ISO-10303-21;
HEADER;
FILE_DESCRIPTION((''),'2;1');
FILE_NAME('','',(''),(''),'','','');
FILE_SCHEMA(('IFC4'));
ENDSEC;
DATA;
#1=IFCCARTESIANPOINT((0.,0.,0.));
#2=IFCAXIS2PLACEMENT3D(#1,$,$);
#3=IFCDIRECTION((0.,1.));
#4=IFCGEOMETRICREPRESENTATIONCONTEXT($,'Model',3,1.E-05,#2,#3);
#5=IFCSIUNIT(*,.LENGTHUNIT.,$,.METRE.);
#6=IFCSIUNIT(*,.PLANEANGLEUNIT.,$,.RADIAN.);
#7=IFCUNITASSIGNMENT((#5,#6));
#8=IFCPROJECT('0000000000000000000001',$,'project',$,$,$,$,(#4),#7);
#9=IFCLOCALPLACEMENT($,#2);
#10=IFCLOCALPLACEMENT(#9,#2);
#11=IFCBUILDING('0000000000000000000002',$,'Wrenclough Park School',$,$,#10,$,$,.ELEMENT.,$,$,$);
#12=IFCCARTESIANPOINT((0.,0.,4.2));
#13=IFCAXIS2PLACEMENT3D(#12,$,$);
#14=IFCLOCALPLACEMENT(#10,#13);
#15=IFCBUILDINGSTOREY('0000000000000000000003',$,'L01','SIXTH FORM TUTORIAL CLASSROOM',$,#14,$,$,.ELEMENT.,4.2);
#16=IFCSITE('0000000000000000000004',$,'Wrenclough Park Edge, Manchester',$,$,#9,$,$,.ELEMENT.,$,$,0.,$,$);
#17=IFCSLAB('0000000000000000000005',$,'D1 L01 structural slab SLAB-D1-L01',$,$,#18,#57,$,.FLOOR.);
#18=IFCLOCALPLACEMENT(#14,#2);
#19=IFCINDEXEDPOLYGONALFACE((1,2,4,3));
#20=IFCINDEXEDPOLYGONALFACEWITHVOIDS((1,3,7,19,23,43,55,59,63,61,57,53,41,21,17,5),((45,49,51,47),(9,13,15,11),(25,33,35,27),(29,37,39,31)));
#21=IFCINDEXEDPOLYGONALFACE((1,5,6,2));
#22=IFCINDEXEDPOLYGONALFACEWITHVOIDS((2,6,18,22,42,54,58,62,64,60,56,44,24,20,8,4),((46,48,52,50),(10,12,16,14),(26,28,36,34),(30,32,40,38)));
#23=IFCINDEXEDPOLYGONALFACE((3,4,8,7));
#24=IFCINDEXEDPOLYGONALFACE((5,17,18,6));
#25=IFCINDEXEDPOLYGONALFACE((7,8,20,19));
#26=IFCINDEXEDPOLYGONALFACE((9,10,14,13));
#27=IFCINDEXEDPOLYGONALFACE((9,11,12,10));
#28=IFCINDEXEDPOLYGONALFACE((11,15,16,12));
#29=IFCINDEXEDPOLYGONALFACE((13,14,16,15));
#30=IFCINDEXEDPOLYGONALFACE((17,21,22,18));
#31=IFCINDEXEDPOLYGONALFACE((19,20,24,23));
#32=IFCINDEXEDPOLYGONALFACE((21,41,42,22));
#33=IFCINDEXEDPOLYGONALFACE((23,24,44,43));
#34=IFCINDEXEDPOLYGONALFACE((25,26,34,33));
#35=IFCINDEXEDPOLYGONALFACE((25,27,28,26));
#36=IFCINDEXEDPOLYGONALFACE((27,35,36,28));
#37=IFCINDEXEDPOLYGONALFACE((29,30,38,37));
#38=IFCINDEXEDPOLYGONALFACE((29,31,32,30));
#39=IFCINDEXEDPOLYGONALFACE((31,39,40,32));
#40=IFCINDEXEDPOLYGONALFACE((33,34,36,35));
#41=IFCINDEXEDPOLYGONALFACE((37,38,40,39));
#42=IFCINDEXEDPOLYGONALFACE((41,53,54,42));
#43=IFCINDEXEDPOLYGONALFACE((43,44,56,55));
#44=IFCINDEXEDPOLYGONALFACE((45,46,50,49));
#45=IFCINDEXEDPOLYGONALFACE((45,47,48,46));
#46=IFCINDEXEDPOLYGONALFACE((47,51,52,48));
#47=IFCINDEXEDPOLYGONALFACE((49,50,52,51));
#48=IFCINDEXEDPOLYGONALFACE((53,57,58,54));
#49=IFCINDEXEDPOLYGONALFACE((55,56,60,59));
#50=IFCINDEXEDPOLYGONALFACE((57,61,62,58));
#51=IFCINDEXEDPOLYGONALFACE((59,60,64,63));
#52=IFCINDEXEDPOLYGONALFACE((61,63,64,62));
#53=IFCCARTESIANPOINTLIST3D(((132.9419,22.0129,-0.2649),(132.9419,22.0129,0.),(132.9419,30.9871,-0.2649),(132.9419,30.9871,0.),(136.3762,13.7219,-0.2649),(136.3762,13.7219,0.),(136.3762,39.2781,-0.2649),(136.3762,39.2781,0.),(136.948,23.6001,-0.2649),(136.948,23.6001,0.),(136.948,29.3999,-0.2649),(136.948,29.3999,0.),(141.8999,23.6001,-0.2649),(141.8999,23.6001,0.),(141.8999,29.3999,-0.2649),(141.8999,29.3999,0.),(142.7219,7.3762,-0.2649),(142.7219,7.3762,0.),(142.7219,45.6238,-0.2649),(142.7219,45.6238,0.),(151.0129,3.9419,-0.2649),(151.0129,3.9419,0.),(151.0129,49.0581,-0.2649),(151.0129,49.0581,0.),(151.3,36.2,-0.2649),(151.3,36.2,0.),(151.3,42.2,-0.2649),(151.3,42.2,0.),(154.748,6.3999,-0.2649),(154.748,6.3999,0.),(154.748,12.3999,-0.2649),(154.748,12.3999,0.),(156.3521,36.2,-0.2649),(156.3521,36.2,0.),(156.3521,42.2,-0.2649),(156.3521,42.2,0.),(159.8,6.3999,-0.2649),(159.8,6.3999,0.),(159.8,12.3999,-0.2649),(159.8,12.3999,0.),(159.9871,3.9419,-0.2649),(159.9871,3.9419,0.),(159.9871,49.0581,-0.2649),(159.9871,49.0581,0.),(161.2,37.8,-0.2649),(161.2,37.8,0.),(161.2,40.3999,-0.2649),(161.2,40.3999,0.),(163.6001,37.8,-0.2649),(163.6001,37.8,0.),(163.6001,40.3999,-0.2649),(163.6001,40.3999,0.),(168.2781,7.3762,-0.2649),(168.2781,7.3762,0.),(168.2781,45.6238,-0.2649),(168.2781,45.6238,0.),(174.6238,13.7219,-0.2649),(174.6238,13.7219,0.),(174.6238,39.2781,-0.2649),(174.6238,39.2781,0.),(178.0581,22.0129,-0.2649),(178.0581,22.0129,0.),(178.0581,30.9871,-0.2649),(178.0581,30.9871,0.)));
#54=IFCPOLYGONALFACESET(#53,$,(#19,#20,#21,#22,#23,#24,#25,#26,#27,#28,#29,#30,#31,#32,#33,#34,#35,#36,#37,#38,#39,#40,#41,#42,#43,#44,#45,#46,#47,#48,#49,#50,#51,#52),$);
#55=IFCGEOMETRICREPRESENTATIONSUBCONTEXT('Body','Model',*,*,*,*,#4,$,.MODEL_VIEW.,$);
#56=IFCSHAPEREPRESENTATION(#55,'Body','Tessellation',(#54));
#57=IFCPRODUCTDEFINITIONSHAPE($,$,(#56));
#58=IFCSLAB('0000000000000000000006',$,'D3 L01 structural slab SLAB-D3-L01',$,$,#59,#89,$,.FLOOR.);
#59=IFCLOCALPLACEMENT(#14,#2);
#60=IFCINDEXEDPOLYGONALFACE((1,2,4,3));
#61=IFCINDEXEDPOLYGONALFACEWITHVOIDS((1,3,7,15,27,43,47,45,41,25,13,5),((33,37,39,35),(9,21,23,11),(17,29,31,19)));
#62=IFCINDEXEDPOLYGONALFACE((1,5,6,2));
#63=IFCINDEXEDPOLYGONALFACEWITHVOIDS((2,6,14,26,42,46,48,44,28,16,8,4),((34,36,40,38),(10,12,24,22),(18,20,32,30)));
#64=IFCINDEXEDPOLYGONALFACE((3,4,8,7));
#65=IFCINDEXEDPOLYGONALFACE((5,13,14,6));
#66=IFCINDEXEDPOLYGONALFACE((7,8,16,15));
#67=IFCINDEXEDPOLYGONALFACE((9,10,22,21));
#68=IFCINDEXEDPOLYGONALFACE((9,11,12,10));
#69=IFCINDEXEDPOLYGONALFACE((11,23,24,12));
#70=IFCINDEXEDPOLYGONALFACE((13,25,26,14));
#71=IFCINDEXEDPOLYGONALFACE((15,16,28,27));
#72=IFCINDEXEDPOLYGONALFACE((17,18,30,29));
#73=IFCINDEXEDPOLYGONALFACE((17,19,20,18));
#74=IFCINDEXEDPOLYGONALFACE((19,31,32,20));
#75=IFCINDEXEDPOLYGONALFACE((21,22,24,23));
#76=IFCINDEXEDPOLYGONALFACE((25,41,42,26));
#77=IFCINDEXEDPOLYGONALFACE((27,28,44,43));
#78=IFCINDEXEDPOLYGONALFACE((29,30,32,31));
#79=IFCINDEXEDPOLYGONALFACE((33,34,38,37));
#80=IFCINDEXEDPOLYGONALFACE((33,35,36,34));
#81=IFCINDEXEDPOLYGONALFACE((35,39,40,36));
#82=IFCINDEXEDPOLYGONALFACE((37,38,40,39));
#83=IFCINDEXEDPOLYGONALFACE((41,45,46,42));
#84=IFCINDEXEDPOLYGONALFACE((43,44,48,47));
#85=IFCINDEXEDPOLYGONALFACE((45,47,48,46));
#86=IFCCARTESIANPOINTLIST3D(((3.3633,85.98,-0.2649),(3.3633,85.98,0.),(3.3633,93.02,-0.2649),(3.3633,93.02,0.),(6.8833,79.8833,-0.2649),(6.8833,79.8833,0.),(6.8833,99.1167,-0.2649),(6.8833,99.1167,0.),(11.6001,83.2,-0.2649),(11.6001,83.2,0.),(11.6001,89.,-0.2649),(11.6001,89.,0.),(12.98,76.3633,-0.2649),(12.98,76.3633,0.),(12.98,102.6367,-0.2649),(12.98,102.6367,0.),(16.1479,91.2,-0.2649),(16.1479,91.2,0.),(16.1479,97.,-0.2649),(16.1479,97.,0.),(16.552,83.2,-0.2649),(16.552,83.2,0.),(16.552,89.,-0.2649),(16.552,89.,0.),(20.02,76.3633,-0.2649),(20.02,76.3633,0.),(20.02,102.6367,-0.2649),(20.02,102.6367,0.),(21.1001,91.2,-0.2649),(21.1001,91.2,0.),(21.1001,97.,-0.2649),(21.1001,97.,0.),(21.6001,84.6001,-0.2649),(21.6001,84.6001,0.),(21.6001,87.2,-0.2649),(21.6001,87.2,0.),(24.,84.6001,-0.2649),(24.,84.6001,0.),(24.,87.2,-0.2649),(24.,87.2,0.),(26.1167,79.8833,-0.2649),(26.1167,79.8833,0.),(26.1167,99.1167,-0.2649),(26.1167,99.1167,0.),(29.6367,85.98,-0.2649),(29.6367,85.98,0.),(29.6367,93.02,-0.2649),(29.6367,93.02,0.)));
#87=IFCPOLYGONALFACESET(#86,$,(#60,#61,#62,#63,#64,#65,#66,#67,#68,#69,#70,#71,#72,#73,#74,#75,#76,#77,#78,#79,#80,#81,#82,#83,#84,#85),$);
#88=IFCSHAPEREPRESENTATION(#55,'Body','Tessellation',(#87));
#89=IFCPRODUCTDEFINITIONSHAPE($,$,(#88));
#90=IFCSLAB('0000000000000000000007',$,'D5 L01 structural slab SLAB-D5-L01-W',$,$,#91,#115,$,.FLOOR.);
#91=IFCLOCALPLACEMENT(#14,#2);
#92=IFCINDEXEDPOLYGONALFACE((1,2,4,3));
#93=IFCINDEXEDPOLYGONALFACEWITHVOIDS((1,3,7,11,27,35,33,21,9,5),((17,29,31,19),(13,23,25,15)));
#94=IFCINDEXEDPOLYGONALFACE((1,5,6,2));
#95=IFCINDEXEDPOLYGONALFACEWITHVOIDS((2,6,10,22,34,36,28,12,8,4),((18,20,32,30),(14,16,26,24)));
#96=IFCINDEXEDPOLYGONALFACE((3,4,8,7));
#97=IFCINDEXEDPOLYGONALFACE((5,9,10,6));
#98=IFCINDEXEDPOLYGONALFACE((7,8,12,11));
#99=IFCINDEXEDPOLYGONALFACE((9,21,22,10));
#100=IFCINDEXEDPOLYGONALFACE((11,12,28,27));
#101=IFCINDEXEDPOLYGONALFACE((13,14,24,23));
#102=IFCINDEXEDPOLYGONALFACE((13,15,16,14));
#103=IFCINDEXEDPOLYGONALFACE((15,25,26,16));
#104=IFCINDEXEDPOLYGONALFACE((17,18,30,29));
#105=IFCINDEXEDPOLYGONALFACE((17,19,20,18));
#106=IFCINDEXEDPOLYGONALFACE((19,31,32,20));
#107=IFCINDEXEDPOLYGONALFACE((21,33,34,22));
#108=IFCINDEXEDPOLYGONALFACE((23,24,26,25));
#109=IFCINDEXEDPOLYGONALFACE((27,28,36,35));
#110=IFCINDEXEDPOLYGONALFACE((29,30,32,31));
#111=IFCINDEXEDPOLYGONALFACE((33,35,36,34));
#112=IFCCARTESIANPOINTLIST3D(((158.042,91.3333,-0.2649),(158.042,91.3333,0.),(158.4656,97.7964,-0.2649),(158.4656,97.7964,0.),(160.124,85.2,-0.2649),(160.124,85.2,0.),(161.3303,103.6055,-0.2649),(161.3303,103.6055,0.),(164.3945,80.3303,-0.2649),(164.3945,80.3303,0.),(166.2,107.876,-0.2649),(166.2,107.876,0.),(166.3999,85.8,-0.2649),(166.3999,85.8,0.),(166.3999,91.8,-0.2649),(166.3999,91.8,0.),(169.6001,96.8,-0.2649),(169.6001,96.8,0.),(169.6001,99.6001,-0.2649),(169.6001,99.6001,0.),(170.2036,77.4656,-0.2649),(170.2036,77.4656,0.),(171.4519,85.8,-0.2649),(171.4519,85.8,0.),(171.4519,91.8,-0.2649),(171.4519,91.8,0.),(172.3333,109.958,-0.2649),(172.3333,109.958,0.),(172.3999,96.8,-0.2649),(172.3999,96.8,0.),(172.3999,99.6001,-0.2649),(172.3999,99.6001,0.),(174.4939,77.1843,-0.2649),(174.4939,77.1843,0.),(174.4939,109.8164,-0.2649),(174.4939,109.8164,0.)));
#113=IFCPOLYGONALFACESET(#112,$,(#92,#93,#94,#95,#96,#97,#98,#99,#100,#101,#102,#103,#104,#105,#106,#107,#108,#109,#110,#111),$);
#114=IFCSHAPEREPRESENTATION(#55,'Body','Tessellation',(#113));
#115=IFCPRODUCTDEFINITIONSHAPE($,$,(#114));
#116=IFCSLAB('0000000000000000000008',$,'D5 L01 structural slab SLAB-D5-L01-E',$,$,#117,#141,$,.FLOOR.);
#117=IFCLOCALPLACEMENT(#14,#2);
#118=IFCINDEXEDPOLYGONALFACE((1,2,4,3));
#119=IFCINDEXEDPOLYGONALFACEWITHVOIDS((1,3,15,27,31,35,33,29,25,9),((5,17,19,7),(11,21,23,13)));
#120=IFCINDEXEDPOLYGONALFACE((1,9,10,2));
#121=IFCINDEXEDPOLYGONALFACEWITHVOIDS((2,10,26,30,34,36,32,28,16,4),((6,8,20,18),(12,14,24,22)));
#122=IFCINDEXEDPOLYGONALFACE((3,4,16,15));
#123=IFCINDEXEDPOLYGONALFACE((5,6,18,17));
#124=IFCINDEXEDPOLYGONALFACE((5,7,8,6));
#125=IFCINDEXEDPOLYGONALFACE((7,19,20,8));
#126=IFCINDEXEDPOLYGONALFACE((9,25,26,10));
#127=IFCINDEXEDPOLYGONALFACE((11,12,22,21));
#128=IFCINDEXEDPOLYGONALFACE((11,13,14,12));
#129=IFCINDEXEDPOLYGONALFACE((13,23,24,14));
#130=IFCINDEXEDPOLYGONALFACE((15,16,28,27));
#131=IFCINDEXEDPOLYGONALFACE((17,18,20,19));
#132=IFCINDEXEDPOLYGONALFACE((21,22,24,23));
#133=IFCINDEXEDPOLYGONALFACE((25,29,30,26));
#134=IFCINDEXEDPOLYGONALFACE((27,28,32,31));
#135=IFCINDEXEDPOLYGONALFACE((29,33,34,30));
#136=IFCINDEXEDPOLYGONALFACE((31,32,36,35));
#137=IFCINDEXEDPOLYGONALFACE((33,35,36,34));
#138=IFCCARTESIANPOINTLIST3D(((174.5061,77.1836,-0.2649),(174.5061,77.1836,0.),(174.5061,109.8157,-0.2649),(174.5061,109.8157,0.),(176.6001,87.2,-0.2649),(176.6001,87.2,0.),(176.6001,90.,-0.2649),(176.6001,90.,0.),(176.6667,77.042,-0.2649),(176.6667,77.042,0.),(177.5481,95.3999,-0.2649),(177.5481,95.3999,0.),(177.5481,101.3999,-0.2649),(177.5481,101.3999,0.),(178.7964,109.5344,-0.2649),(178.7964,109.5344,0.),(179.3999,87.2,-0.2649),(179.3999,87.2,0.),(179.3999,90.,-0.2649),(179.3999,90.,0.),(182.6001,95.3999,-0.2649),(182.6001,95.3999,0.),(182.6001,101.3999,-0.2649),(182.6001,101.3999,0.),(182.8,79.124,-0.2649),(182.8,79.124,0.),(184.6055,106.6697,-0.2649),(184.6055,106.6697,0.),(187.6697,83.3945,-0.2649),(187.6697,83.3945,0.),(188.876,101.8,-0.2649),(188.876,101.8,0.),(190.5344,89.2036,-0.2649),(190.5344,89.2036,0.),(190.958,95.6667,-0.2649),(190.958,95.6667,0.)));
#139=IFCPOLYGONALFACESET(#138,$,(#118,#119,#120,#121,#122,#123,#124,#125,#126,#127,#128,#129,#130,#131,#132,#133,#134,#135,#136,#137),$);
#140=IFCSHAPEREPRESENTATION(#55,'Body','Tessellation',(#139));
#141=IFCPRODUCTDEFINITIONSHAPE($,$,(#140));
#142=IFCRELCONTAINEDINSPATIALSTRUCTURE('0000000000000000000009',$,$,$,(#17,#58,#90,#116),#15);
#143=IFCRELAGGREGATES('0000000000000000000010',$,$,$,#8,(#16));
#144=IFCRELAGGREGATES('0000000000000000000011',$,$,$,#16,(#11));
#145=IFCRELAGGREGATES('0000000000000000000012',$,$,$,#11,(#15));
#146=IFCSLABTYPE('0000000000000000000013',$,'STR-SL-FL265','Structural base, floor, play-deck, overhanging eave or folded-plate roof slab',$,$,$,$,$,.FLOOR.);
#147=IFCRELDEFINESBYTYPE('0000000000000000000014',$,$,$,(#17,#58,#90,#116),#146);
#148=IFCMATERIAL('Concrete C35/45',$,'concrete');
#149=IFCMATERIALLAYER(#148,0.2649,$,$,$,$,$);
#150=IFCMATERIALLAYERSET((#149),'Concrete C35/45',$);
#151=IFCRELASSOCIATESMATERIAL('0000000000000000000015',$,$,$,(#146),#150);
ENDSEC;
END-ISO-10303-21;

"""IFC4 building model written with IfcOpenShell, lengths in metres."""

from ifc_helpers import new_model, si_unit, direction, frame, origin, place, context, subcontext, project, spatial, polyline, outline, extrude, material, layer, layer_set, type_object, element, save


model = new_model("IFC4")

# Units and contexts
model_context = context("Model", 3, precision=1e-05, world=origin(), true_north=direction((0.0, 1.0)))
body_context = subcontext(model_context, "Body", "Model", "MODEL_VIEW")
ifc_project = project(units=[si_unit("LENGTHUNIT", "METRE"), si_unit("PLANEANGLEUNIT", "RADIAN")], contexts=[model_context])

# Site, building, storey
site_placement = place(None, origin())
site = spatial("IfcSite", under=ifc_project, at=site_placement, Name="Wrenclough Park Edge, Manchester", CompositionType="ELEMENT", RefElevation=0.0)
building_placement = place(site_placement, origin())
building = spatial("IfcBuilding", under=site, at=building_placement, Name="Wrenclough Park School", CompositionType="ELEMENT")
storey_placement = place(building_placement, frame((0.0, 0.0, 4.2)))
storey = spatial("IfcBuildingStorey", under=building, at=storey_placement, Name="L01", Description="SIXTH FORM TUTORIAL CLASSROOM", CompositionType="ELEMENT", Elevation=4.2)

# Slabs
ifc_material_1 = material(Name="Concrete C35/45", Category="concrete")
ifc_layer_1 = layer(ifc_material_1, 0.2649)
ifc_layer_set_1 = layer_set([ifc_layer_1], Name="Concrete C35/45")
slab_type_1 = type_object("IfcSlabType", Name="STR-SL-FL265", Description="Structural base, floor, play-deck, overhanging eave or folded-plate roof slab", PredefinedType="FLOOR", material=ifc_layer_set_1)
slab_1_placement = place(storey_placement, frame((0.0, 0.0, -0.2649)))
element("IfcSlab", 1, at=slab_1_placement, inside=storey, type_object=slab_type_1, Name="D1 L01 structural slab SLAB-D1-L01", PredefinedType="FLOOR", context=body_context, shape_type="SweptSolid", body=[
    extrude(outline(polyline([(178.0581, 30.9871), (174.6238, 39.2781), (168.2781, 45.6238), (159.9871, 49.0581), (151.0129, 49.0581), (142.7219, 45.6238), (136.3762, 39.2781), (132.9419, 30.9871), (132.9419, 22.0129), (136.3762, 13.7219), (142.7219, 7.3762), (151.0129, 3.9419), (159.9871, 3.9419), (168.2781, 7.3762), (174.6238, 13.7219), (178.0581, 22.0129), (178.0581, 30.9871)]), holes=[polyline([(151.3, 36.2), (156.3521, 36.2), (156.3521, 42.2), (151.3, 42.2), (151.3, 36.2)]), polyline([(161.2, 37.8), (163.6001, 37.8), (163.6001, 40.3999), (161.2, 40.3999), (161.2, 37.8)]), polyline([(154.748, 6.3999), (159.8, 6.3999), (159.8, 12.3999), (154.748, 12.3999), (154.748, 6.3999)]), polyline([(136.948, 23.6001), (141.8999, 23.6001), (141.8999, 29.3999), (136.948, 29.3999), (136.948, 23.6001)])]), origin(), (0.0, 0.0, 1.0), 0.2649),
])
slab_2_placement = place(storey_placement, frame((0.0, 0.0, -0.2649)))
element("IfcSlab", 2, at=slab_2_placement, inside=storey, type_object=slab_type_1, Name="D3 L01 structural slab SLAB-D3-L01", PredefinedType="FLOOR", context=body_context, shape_type="SweptSolid", body=[
    extrude(outline(polyline([(29.6367, 93.02), (26.1167, 99.1167), (20.02, 102.6367), (12.98, 102.6367), (6.8833, 99.1167), (3.3633, 93.02), (3.3633, 85.98), (6.8833, 79.8833), (12.98, 76.3633), (20.02, 76.3633), (26.1167, 79.8833), (29.6367, 85.98), (29.6367, 93.02)]), holes=[polyline([(11.6001, 83.2), (16.552, 83.2), (16.552, 89.0), (11.6001, 89.0), (11.6001, 83.2)]), polyline([(21.6001, 84.6001), (24.0, 84.6001), (24.0, 87.2), (21.6001, 87.2), (21.6001, 84.6001)]), polyline([(16.1479, 91.2), (21.1001, 91.2), (21.1001, 97.0), (16.1479, 97.0), (16.1479, 91.2)])]), origin(), (0.0, 0.0, 1.0), 0.2649),
])
slab_3_placement = place(storey_placement, frame((0.0, 0.0, -0.2649)))
element("IfcSlab", 3, at=slab_3_placement, inside=storey, type_object=slab_type_1, Name="D5 L01 structural slab SLAB-D5-L01-W", PredefinedType="FLOOR", context=body_context, shape_type="SweptSolid", body=[
    extrude(outline(polyline([(170.2036, 77.4656), (174.4939, 77.1843), (174.4939, 109.8164), (172.3333, 109.958), (166.2, 107.876), (161.3303, 103.6055), (158.4656, 97.7964), (158.042, 91.3333), (160.124, 85.2), (164.3945, 80.3303), (170.2036, 77.4656)]), holes=[polyline([(166.3999, 85.8), (171.4519, 85.8), (171.4519, 91.8), (166.3999, 91.8), (166.3999, 85.8)]), polyline([(169.6001, 96.8), (172.3999, 96.8), (172.3999, 99.6001), (169.6001, 99.6001), (169.6001, 96.8)])]), origin(), (0.0, 0.0, 1.0), 0.2649),
])
slab_4_placement = place(storey_placement, frame((0.0, 0.0, -0.2649)))
element("IfcSlab", 4, at=slab_4_placement, inside=storey, type_object=slab_type_1, Name="D5 L01 structural slab SLAB-D5-L01-E", PredefinedType="FLOOR", context=body_context, shape_type="SweptSolid", body=[
    extrude(outline(polyline([(178.7964, 109.5344), (174.5061, 109.8157), (174.5061, 77.1836), (176.6667, 77.042), (182.8, 79.124), (187.6697, 83.3945), (190.5344, 89.2036), (190.958, 95.6667), (188.876, 101.8), (184.6055, 106.6697), (178.7964, 109.5344)]), holes=[polyline([(176.6001, 87.2), (179.3999, 87.2), (179.3999, 90.0), (176.6001, 90.0), (176.6001, 87.2)]), polyline([(177.5481, 95.3999), (182.6001, 95.3999), (182.6001, 101.3999), (177.5481, 101.3999), (177.5481, 95.3999)])]), origin(), (0.0, 0.0, 1.0), 0.2649),
])

save(model, "model.ifc")
